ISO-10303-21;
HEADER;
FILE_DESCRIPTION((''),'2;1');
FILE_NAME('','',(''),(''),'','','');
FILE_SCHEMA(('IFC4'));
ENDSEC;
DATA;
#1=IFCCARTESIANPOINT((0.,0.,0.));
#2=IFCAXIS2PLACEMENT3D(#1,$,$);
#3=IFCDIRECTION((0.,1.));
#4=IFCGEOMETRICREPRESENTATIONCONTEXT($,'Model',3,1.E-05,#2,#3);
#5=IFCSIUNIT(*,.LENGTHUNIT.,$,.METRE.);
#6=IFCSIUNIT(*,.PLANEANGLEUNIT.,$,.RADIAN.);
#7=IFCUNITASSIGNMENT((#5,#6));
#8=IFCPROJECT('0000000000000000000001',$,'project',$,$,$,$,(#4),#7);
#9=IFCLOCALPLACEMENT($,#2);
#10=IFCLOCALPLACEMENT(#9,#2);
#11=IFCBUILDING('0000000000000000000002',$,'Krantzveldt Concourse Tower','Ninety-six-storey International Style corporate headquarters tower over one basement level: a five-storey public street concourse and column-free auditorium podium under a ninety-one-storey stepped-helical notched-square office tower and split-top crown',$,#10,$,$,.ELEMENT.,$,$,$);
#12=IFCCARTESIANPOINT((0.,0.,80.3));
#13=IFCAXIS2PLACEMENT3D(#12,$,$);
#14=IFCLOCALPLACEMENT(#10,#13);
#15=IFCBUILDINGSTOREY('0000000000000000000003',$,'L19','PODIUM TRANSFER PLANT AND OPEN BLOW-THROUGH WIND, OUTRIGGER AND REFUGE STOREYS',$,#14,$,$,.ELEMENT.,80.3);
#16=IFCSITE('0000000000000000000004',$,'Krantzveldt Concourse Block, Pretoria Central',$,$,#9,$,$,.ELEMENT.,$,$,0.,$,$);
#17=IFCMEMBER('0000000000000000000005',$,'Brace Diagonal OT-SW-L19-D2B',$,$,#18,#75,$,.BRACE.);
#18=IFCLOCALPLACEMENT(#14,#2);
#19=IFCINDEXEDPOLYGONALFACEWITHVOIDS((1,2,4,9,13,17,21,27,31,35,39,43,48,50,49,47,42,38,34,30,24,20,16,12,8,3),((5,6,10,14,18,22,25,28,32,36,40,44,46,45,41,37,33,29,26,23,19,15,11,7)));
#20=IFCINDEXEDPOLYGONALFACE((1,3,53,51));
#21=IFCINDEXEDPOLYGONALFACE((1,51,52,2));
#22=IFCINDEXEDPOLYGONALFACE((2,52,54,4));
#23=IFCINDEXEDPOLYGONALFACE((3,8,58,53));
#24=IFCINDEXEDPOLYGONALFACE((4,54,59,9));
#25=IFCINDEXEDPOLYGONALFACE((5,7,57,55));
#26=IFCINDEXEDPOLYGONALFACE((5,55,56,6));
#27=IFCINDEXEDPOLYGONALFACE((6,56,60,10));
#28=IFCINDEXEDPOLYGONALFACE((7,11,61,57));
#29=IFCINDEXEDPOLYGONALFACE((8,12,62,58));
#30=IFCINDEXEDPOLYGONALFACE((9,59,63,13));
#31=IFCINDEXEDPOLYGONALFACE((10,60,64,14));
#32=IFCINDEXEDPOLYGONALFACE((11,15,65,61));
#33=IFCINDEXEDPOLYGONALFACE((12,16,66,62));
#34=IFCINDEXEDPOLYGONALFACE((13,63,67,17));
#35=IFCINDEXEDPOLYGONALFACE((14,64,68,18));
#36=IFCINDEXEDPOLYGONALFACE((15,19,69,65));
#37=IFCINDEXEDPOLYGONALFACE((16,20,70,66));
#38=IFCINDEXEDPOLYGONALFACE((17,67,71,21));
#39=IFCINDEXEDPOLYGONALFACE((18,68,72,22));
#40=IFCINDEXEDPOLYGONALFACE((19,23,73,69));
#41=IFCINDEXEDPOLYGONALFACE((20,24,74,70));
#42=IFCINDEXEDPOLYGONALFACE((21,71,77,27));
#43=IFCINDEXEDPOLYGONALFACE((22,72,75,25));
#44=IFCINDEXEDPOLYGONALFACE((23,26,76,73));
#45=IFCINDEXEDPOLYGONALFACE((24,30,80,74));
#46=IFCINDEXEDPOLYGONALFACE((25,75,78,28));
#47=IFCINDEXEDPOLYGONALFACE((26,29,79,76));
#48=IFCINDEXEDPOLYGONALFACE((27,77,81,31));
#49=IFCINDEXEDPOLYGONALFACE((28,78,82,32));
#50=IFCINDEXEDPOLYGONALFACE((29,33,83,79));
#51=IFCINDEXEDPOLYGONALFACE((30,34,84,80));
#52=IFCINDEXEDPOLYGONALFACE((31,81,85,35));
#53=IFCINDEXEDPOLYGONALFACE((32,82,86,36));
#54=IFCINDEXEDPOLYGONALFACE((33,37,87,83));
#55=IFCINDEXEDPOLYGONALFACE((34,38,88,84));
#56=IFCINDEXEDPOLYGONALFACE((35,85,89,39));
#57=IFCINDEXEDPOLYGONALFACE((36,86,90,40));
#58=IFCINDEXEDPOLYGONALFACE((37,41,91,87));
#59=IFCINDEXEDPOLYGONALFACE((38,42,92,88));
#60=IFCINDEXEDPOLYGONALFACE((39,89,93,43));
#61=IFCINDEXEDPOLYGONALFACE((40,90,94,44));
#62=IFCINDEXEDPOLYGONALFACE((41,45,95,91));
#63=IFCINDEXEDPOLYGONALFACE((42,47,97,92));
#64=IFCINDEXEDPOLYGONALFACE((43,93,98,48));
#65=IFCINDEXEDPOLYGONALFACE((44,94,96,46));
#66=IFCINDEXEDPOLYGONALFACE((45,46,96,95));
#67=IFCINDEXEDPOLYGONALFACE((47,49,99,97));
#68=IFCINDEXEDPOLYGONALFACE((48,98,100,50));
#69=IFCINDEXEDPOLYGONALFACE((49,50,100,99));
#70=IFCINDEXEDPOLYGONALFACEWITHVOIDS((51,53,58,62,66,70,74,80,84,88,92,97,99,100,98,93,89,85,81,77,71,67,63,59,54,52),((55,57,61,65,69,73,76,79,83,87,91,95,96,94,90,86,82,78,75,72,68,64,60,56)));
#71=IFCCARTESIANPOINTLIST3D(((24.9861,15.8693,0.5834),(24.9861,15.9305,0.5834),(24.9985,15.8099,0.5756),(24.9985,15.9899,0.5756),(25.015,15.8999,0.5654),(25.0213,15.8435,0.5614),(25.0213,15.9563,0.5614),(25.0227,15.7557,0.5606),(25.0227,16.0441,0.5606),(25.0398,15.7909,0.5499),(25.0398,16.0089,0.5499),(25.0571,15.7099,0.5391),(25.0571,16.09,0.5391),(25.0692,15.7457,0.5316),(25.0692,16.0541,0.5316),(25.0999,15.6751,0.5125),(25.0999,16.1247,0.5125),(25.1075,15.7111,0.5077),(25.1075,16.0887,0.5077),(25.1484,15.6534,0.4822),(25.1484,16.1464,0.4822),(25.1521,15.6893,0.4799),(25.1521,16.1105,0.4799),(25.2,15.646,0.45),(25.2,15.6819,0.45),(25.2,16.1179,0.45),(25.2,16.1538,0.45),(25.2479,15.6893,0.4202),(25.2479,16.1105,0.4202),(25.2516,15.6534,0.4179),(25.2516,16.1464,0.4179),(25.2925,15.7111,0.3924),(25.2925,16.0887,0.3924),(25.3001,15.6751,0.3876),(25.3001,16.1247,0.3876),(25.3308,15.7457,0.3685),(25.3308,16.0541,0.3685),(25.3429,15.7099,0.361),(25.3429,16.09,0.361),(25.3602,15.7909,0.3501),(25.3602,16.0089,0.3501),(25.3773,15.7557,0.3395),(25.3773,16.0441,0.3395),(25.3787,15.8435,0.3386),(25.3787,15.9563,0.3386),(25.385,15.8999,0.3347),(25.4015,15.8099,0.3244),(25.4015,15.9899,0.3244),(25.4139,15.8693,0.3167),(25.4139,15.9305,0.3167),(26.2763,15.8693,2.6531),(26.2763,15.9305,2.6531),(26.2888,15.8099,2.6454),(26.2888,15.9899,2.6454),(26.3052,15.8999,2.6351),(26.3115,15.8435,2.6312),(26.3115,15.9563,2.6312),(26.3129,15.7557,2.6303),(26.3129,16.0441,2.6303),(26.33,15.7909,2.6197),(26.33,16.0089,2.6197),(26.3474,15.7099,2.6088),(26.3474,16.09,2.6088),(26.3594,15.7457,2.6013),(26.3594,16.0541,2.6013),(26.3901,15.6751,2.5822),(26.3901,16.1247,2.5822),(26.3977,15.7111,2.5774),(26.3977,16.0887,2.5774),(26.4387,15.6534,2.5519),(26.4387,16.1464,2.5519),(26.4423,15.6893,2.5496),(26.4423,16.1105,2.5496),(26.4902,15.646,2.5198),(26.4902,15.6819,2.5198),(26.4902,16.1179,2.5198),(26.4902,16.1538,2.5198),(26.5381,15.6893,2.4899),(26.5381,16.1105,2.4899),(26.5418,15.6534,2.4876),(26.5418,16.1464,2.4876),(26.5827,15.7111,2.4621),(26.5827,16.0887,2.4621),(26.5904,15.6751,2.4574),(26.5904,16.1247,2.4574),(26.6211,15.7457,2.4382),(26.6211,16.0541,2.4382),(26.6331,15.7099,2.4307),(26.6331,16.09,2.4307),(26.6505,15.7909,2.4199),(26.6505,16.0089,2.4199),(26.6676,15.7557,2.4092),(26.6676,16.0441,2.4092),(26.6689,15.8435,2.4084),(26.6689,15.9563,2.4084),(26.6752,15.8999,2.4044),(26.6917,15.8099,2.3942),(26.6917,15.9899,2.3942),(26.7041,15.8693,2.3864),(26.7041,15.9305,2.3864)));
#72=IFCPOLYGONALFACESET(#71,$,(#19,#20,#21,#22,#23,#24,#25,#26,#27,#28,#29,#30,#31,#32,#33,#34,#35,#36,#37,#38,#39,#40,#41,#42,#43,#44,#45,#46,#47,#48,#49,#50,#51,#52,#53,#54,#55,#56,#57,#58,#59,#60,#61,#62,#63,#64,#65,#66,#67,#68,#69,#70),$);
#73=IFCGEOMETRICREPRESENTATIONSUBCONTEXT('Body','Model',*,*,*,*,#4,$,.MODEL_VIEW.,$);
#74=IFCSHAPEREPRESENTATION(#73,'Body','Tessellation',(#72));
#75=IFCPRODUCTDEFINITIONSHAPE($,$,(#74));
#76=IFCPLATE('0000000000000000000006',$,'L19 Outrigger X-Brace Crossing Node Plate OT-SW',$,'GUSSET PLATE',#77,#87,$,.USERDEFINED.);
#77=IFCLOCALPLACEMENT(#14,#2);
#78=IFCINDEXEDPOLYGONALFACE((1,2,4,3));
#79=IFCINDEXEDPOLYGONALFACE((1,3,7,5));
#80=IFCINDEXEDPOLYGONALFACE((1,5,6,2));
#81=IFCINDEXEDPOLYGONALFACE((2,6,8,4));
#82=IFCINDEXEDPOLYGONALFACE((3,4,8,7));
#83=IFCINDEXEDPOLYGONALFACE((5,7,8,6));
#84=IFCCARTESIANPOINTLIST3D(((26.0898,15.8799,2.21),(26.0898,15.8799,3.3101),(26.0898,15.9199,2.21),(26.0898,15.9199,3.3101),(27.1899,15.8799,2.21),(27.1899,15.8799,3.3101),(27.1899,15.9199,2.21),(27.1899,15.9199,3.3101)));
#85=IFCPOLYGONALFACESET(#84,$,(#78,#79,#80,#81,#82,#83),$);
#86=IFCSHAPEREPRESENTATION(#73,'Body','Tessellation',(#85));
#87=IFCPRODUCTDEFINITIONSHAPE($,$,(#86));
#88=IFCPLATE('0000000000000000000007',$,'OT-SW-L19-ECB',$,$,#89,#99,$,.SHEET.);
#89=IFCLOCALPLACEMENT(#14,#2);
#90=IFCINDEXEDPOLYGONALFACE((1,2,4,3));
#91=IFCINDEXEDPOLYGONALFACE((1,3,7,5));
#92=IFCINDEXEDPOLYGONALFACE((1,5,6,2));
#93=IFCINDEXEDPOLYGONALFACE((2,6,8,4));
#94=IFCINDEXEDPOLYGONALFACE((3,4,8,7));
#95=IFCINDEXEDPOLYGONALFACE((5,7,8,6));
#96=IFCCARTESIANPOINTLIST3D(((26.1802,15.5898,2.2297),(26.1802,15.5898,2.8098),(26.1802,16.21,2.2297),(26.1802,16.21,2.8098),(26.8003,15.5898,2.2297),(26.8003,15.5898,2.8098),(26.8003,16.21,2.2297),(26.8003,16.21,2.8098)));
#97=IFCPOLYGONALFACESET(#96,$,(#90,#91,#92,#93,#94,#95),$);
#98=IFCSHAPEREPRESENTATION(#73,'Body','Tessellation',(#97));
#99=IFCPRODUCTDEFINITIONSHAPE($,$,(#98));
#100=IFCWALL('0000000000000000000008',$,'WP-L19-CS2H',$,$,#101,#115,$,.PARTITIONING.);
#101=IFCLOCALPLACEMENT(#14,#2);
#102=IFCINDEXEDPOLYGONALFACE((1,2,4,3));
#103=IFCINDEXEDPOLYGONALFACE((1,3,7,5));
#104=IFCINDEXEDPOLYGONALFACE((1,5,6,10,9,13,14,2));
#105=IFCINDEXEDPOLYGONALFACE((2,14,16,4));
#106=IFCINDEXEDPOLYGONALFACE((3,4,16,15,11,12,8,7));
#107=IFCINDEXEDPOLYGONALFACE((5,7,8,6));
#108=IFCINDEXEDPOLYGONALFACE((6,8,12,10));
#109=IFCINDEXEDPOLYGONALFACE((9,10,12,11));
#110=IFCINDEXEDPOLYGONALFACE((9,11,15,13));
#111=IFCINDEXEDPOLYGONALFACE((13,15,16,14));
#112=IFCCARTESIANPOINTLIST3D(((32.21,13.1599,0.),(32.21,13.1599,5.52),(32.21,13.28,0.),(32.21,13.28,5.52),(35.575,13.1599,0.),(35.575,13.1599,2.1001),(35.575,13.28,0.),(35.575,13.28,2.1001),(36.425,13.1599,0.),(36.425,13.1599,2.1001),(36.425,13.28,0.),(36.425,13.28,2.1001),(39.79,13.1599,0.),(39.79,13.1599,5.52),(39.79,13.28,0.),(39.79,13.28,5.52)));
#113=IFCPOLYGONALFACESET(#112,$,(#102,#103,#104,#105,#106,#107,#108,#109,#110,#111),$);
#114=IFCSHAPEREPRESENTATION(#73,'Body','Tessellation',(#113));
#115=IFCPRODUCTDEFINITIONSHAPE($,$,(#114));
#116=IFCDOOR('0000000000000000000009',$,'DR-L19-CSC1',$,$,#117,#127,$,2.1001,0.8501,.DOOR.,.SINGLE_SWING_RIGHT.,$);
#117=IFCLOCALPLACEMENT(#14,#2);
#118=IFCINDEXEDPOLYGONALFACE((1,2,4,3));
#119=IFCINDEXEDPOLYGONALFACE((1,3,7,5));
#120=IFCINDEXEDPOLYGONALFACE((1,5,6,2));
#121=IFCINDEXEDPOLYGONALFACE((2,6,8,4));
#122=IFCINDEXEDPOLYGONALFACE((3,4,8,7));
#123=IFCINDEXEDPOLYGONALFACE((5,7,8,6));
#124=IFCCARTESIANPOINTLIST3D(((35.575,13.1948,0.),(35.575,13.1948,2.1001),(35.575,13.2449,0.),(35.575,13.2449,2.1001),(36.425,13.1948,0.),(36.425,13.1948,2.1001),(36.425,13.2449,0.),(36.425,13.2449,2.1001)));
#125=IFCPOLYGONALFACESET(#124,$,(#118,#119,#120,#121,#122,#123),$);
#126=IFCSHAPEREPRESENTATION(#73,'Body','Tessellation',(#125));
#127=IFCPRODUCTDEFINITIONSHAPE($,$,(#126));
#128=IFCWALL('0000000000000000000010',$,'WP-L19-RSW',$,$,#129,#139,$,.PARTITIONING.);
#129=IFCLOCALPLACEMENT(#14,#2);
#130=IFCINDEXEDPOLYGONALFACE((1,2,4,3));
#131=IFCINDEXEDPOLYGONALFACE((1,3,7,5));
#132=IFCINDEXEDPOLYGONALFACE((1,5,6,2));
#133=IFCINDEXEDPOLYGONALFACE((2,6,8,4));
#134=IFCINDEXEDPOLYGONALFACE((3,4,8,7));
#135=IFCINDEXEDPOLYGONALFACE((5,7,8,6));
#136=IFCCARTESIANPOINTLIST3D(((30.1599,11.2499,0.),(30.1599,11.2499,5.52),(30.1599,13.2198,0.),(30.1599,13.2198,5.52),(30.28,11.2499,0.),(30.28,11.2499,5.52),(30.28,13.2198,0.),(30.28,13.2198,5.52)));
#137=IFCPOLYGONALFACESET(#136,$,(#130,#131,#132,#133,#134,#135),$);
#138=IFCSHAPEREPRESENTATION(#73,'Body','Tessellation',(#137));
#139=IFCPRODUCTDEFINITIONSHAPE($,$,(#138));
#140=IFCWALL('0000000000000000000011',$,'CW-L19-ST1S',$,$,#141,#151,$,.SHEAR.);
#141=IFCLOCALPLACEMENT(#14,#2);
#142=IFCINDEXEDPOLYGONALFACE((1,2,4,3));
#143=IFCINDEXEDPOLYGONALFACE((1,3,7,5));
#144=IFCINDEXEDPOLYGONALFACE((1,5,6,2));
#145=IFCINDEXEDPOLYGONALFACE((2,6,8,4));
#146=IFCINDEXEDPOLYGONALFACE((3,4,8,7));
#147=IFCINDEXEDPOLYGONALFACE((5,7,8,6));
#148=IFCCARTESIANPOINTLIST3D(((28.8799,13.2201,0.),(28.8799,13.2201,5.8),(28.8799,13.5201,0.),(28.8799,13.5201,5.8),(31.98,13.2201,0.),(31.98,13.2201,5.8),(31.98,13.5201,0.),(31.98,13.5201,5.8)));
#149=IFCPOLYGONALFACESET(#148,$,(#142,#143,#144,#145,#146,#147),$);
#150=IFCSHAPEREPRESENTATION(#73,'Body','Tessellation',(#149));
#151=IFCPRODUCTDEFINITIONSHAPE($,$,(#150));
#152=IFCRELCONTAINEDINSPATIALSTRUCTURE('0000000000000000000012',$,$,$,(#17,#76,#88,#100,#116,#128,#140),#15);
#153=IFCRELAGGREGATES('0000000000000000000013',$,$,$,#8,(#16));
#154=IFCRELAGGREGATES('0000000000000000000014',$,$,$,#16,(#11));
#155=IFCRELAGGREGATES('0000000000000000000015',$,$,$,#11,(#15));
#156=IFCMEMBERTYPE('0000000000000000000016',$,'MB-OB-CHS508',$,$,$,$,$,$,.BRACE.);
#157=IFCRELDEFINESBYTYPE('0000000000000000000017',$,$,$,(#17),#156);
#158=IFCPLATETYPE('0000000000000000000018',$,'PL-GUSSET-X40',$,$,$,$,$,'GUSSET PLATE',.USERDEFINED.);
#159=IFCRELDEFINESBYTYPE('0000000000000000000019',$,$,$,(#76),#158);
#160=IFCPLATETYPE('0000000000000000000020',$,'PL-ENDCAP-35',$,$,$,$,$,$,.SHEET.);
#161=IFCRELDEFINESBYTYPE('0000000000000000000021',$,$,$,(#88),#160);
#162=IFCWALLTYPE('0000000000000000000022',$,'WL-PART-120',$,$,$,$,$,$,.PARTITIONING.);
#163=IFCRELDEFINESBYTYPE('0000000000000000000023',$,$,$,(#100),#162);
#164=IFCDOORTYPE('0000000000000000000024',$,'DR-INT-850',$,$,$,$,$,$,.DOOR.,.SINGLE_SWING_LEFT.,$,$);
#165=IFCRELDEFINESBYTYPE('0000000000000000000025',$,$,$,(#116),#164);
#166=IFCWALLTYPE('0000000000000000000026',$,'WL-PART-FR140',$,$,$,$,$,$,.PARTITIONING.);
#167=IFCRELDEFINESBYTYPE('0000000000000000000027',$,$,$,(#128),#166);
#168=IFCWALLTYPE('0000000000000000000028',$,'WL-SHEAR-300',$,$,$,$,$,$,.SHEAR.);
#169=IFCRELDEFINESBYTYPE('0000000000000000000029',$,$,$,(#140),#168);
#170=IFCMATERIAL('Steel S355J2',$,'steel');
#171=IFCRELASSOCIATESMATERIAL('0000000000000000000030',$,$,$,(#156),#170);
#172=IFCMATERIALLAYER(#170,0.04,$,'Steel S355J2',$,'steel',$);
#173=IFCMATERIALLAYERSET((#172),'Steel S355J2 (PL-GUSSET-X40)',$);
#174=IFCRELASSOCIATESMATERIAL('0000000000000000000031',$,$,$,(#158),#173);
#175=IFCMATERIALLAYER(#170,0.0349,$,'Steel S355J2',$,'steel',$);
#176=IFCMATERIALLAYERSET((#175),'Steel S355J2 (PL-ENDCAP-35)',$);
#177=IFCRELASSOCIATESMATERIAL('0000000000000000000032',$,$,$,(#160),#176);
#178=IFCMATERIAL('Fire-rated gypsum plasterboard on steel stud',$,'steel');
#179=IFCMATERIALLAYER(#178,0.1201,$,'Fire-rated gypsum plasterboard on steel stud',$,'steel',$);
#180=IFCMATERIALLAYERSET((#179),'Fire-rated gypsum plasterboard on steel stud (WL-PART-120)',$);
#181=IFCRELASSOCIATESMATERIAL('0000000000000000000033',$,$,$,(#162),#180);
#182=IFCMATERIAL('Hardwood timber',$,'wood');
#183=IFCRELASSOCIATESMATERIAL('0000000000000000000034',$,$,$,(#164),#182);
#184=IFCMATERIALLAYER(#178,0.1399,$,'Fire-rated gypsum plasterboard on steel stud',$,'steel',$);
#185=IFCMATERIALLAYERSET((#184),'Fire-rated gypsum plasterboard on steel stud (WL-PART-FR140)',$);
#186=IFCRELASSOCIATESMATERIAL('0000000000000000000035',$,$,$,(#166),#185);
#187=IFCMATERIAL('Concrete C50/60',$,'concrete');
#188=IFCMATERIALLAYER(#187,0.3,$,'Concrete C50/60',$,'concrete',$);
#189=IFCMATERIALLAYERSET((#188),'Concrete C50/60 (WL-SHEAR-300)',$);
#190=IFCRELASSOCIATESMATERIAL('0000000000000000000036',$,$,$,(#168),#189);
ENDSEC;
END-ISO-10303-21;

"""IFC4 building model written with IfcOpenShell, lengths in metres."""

from ifc_helpers import new_model, si_unit, direction, frame, frame_2d, origin, origin_2d, place, context, subcontext, project, spatial, rectangle, hollow_circle, extrude, source, transform, mapped, material, layer, layer_set, material_profile, profile_set, type_object, type_shapes, element, fill, save


model = new_model("IFC4")

# Units and contexts
model_context = context("Model", 3, precision=1e-05, world=origin(), true_north=direction((0.0, 1.0)))
body_context = subcontext(model_context, "Body", "Model", "MODEL_VIEW")
ifc_project = project(units=[si_unit("LENGTHUNIT", "METRE"), si_unit("PLANEANGLEUNIT", "RADIAN")], contexts=[model_context])

# Site, building, storey
site_placement = place(None, origin())
site = spatial("IfcSite", under=ifc_project, at=site_placement, Name="Krantzveldt Concourse Block, Pretoria Central", CompositionType="ELEMENT", RefElevation=0.0)
building_placement = place(site_placement, origin())
building = spatial("IfcBuilding", under=site, at=building_placement, Name="Krantzveldt Concourse Tower", Description="Ninety-six-storey International Style corporate headquarters tower over one basement level: a five-storey public street concourse and column-free auditorium podium under a ninety-one-storey stepped-helical notched-square office tower and split-top crown", CompositionType="ELEMENT")
storey_placement = place(building_placement, frame((0.0, 0.0, 80.3)))
storey = spatial("IfcBuildingStorey", under=building, at=storey_placement, Name="L19", Description="PODIUM TRANSFER PLANT AND OPEN BLOW-THROUGH WIND, OUTRIGGER AND REFUGE STOREYS", CompositionType="ELEMENT", Elevation=80.3)

# Member
ifc_material_1 = material(Name="Steel S355J2", Category="steel")
ifc_material_profile = material_profile(ifc_material_1, hollow_circle(Radius=0.2539, WallThickness=0.0359, at=origin_2d()), Name="Steel S355J2", Category="steel")
ifc_profile_set = profile_set([ifc_material_profile], Name="Steel S355J2 - CHS 508x36")
member_type = type_object("IfcMemberType", Name="MB-OB-CHS508", PredefinedType="BRACE", material=ifc_profile_set)
shared_shape_1 = source(origin(), body_context, "Body", "SweptSolid", [
    extrude(hollow_circle(Radius=0.2539, WallThickness=0.0359, at=origin_2d()), origin(), (0.0, 0.0, 1.0), 2.439),
])
type_shapes(member_type, [shared_shape_1])
member_placement = place(storey_placement, frame((26.4902, 15.8999, 2.5198), z_axis=(-0.529009, 0.0, -0.848616), x_axis=(0.0, -1.0, 0.0)))
element("IfcMember", 1, at=member_placement, inside=storey, type_object=member_type, Name="Brace Diagonal OT-SW-L19-D2B", PredefinedType="BRACE", context=body_context, shape_type="MappedRepresentation", body=[
    mapped(shared_shape_1, transform((0.0, 0.0, 0.0), x_axis=(1.0, 0.0, 0.0), y_axis=(0.0, 1.0, 0.0), z_axis=(0.0, 0.0, 1.0), scale=1.0)),
])

# Plates
ifc_layer_1 = layer(ifc_material_1, 0.04, Name="Steel S355J2", Category="steel")
ifc_layer_set_1 = layer_set([ifc_layer_1], Name="Steel S355J2 (PL-GUSSET-X40)")
plate_type_1 = type_object("IfcPlateType", Name="PL-GUSSET-X40", ElementType="GUSSET PLATE", PredefinedType="USERDEFINED", material=ifc_layer_set_1)
shared_shape_2 = source(origin(), body_context, "Body", "SweptSolid", [
    extrude(rectangle(XDim=1.1001, YDim=0.04, at=origin_2d()), origin(), (0.0, 0.0, 1.0), 1.1001),
])
type_shapes(plate_type_1, [shared_shape_2])
plate_1_placement = place(storey_placement, frame((26.6399, 15.8999, 2.21), z_axis=(0.0, 0.0, 1.0), x_axis=(1.0, 0.0, 0.0)))
element("IfcPlate", 2, at=plate_1_placement, inside=storey, type_object=plate_type_1, Name="L19 Outrigger X-Brace Crossing Node Plate OT-SW", ObjectType="GUSSET PLATE", PredefinedType="USERDEFINED", context=body_context, shape_type="MappedRepresentation", body=[
    mapped(shared_shape_2, transform((0.0, 0.0, 0.0), x_axis=(1.0, 0.0, 0.0), y_axis=(0.0, 1.0, 0.0), z_axis=(0.0, 0.0, 1.0), scale=1.0)),
])
ifc_layer_2 = layer(ifc_material_1, 0.0349, Name="Steel S355J2", Category="steel")
ifc_layer_set_2 = layer_set([ifc_layer_2], Name="Steel S355J2 (PL-ENDCAP-35)")
plate_type_2 = type_object("IfcPlateType", Name="PL-ENDCAP-35", PredefinedType="SHEET", material=ifc_layer_set_2)
shared_shape_3 = source(origin(), body_context, "Body", "SweptSolid", [
    extrude(rectangle(XDim=0.6201, YDim=0.6201, at=origin_2d()), origin(), (0.0, 0.0, 1.0), 0.5801),
])
type_shapes(plate_type_2, [shared_shape_3])
plate_2_placement = place(storey_placement, frame((26.4902, 15.8999, 2.2297), z_axis=(0.0, 0.0, 1.0), x_axis=(1.0, 0.0, 0.0)))
element("IfcPlate", 3, at=plate_2_placement, inside=storey, type_object=plate_type_2, Name="OT-SW-L19-ECB", PredefinedType="SHEET", context=body_context, shape_type="MappedRepresentation", body=[
    mapped(shared_shape_3, transform((0.0, 0.0, 0.0), x_axis=(1.0, 0.0, 0.0), y_axis=(0.0, 1.0, 0.0), z_axis=(0.0, 0.0, 1.0), scale=1.0)),
])

# Wall, opening, door
ifc_material_2 = material(Name="Fire-rated gypsum plasterboard on steel stud", Category="steel")
ifc_layer_3 = layer(ifc_material_2, 0.1201, Name="Fire-rated gypsum plasterboard on steel stud", Category="steel")
ifc_layer_set_3 = layer_set([ifc_layer_3], Name="Fire-rated gypsum plasterboard on steel stud (WL-PART-120)")
wall_type_1 = type_object("IfcWallType", Name="WL-PART-120", PredefinedType="PARTITIONING", material=ifc_layer_set_3)
wall_1_placement = place(storey_placement, frame((32.21, 13.22, 0.0), z_axis=(0.0, 0.0, 1.0), x_axis=(1.0, 0.0, 0.0)))
wall_1 = element("IfcWall", 4, at=wall_1_placement, inside=storey, type_object=wall_type_1, Name="WP-L19-CS2H", PredefinedType="PARTITIONING", context=body_context, shape_type="SweptSolid", body=[
    extrude(rectangle(XDim=7.5801, YDim=0.1201, at=frame_2d((3.79, 0.0))), origin(), (0.0, 0.0, 1.0), 5.52),
])
opening_1_placement = place(wall_1_placement, frame((3.365, 0.0, 0.0)))
opening_1 = element("IfcOpeningElement", 5, at=opening_1_placement, cuts=wall_1, PredefinedType="OPENING", context=body_context, shape_type="SweptSolid", body=[
    extrude(rectangle(XDim=0.8501, YDim=2.1001, at=frame_2d((0.425, 1.05))), frame((0.0, 0.0701, 0.0), z_axis=(0.0, -1.0, 0.0), x_axis=(1.0, 0.0, 0.0)), (0.0, 0.0, 1.0), 0.1401),
])
ifc_material_3 = material(Name="Hardwood timber", Category="wood")
door_type_1 = type_object("IfcDoorType", Name="DR-INT-850", OperationType="SINGLE_SWING_LEFT", PredefinedType="DOOR", material=ifc_material_3)
door_1_placement = place(opening_1_placement, origin())
door_1 = element("IfcDoor", 6, at=door_1_placement, inside=storey, type_object=door_type_1, Name="DR-L19-CSC1", OperationType="SINGLE_SWING_RIGHT", OverallHeight=2.1001, OverallWidth=0.8501, PredefinedType="DOOR", context=body_context, shape_type="SweptSolid", body=[
    extrude(rectangle(XDim=0.8501, YDim=2.1001, at=frame_2d((0.425, 1.05))), frame((0.0, 0.0249, 0.0), z_axis=(0.0, -1.0, 0.0), x_axis=(1.0, 0.0, 0.0)), (0.0, 0.0, 1.0), 0.05),
])
fill(opening_1, door_1)

# Walls
ifc_layer_4 = layer(ifc_material_2, 0.1399, Name="Fire-rated gypsum plasterboard on steel stud", Category="steel")
ifc_layer_set_4 = layer_set([ifc_layer_4], Name="Fire-rated gypsum plasterboard on steel stud (WL-PART-FR140)")
wall_type_2 = type_object("IfcWallType", Name="WL-PART-FR140", PredefinedType="PARTITIONING", material=ifc_layer_set_4)
wall_2_placement = place(storey_placement, frame((30.22, 11.25, 0.0), z_axis=(0.0, 0.0, 1.0), x_axis=(0.0, 1.0, 0.0)))
element("IfcWall", 7, at=wall_2_placement, inside=storey, type_object=wall_type_2, Name="WP-L19-RSW", PredefinedType="PARTITIONING", context=body_context, shape_type="SweptSolid", body=[
    extrude(rectangle(XDim=1.97, YDim=0.1201, at=frame_2d((0.9849, 0.0))), origin(), (0.0, 0.0, 1.0), 5.52),
])
ifc_material_4 = material(Name="Concrete C50/60", Category="concrete")
ifc_layer_5 = layer(ifc_material_4, 0.3, Name="Concrete C50/60", Category="concrete")
ifc_layer_set_5 = layer_set([ifc_layer_5], Name="Concrete C50/60 (WL-SHEAR-300)")
wall_type_3 = type_object("IfcWallType", Name="WL-SHEAR-300", PredefinedType="SHEAR", material=ifc_layer_set_5)
wall_3_placement = place(storey_placement, frame((28.8799, 13.3701, 0.0), z_axis=(0.0, 0.0, 1.0), x_axis=(1.0, 0.0, 0.0)))
element("IfcWall", 8, at=wall_3_placement, inside=storey, type_object=wall_type_3, Name="CW-L19-ST1S", PredefinedType="SHEAR", context=body_context, shape_type="SweptSolid", body=[
    extrude(rectangle(XDim=3.1001, YDim=0.3, at=frame_2d((1.55, 0.0))), origin(), (0.0, 0.0, 1.0), 5.8),
])

save(model, "model.ifc")
